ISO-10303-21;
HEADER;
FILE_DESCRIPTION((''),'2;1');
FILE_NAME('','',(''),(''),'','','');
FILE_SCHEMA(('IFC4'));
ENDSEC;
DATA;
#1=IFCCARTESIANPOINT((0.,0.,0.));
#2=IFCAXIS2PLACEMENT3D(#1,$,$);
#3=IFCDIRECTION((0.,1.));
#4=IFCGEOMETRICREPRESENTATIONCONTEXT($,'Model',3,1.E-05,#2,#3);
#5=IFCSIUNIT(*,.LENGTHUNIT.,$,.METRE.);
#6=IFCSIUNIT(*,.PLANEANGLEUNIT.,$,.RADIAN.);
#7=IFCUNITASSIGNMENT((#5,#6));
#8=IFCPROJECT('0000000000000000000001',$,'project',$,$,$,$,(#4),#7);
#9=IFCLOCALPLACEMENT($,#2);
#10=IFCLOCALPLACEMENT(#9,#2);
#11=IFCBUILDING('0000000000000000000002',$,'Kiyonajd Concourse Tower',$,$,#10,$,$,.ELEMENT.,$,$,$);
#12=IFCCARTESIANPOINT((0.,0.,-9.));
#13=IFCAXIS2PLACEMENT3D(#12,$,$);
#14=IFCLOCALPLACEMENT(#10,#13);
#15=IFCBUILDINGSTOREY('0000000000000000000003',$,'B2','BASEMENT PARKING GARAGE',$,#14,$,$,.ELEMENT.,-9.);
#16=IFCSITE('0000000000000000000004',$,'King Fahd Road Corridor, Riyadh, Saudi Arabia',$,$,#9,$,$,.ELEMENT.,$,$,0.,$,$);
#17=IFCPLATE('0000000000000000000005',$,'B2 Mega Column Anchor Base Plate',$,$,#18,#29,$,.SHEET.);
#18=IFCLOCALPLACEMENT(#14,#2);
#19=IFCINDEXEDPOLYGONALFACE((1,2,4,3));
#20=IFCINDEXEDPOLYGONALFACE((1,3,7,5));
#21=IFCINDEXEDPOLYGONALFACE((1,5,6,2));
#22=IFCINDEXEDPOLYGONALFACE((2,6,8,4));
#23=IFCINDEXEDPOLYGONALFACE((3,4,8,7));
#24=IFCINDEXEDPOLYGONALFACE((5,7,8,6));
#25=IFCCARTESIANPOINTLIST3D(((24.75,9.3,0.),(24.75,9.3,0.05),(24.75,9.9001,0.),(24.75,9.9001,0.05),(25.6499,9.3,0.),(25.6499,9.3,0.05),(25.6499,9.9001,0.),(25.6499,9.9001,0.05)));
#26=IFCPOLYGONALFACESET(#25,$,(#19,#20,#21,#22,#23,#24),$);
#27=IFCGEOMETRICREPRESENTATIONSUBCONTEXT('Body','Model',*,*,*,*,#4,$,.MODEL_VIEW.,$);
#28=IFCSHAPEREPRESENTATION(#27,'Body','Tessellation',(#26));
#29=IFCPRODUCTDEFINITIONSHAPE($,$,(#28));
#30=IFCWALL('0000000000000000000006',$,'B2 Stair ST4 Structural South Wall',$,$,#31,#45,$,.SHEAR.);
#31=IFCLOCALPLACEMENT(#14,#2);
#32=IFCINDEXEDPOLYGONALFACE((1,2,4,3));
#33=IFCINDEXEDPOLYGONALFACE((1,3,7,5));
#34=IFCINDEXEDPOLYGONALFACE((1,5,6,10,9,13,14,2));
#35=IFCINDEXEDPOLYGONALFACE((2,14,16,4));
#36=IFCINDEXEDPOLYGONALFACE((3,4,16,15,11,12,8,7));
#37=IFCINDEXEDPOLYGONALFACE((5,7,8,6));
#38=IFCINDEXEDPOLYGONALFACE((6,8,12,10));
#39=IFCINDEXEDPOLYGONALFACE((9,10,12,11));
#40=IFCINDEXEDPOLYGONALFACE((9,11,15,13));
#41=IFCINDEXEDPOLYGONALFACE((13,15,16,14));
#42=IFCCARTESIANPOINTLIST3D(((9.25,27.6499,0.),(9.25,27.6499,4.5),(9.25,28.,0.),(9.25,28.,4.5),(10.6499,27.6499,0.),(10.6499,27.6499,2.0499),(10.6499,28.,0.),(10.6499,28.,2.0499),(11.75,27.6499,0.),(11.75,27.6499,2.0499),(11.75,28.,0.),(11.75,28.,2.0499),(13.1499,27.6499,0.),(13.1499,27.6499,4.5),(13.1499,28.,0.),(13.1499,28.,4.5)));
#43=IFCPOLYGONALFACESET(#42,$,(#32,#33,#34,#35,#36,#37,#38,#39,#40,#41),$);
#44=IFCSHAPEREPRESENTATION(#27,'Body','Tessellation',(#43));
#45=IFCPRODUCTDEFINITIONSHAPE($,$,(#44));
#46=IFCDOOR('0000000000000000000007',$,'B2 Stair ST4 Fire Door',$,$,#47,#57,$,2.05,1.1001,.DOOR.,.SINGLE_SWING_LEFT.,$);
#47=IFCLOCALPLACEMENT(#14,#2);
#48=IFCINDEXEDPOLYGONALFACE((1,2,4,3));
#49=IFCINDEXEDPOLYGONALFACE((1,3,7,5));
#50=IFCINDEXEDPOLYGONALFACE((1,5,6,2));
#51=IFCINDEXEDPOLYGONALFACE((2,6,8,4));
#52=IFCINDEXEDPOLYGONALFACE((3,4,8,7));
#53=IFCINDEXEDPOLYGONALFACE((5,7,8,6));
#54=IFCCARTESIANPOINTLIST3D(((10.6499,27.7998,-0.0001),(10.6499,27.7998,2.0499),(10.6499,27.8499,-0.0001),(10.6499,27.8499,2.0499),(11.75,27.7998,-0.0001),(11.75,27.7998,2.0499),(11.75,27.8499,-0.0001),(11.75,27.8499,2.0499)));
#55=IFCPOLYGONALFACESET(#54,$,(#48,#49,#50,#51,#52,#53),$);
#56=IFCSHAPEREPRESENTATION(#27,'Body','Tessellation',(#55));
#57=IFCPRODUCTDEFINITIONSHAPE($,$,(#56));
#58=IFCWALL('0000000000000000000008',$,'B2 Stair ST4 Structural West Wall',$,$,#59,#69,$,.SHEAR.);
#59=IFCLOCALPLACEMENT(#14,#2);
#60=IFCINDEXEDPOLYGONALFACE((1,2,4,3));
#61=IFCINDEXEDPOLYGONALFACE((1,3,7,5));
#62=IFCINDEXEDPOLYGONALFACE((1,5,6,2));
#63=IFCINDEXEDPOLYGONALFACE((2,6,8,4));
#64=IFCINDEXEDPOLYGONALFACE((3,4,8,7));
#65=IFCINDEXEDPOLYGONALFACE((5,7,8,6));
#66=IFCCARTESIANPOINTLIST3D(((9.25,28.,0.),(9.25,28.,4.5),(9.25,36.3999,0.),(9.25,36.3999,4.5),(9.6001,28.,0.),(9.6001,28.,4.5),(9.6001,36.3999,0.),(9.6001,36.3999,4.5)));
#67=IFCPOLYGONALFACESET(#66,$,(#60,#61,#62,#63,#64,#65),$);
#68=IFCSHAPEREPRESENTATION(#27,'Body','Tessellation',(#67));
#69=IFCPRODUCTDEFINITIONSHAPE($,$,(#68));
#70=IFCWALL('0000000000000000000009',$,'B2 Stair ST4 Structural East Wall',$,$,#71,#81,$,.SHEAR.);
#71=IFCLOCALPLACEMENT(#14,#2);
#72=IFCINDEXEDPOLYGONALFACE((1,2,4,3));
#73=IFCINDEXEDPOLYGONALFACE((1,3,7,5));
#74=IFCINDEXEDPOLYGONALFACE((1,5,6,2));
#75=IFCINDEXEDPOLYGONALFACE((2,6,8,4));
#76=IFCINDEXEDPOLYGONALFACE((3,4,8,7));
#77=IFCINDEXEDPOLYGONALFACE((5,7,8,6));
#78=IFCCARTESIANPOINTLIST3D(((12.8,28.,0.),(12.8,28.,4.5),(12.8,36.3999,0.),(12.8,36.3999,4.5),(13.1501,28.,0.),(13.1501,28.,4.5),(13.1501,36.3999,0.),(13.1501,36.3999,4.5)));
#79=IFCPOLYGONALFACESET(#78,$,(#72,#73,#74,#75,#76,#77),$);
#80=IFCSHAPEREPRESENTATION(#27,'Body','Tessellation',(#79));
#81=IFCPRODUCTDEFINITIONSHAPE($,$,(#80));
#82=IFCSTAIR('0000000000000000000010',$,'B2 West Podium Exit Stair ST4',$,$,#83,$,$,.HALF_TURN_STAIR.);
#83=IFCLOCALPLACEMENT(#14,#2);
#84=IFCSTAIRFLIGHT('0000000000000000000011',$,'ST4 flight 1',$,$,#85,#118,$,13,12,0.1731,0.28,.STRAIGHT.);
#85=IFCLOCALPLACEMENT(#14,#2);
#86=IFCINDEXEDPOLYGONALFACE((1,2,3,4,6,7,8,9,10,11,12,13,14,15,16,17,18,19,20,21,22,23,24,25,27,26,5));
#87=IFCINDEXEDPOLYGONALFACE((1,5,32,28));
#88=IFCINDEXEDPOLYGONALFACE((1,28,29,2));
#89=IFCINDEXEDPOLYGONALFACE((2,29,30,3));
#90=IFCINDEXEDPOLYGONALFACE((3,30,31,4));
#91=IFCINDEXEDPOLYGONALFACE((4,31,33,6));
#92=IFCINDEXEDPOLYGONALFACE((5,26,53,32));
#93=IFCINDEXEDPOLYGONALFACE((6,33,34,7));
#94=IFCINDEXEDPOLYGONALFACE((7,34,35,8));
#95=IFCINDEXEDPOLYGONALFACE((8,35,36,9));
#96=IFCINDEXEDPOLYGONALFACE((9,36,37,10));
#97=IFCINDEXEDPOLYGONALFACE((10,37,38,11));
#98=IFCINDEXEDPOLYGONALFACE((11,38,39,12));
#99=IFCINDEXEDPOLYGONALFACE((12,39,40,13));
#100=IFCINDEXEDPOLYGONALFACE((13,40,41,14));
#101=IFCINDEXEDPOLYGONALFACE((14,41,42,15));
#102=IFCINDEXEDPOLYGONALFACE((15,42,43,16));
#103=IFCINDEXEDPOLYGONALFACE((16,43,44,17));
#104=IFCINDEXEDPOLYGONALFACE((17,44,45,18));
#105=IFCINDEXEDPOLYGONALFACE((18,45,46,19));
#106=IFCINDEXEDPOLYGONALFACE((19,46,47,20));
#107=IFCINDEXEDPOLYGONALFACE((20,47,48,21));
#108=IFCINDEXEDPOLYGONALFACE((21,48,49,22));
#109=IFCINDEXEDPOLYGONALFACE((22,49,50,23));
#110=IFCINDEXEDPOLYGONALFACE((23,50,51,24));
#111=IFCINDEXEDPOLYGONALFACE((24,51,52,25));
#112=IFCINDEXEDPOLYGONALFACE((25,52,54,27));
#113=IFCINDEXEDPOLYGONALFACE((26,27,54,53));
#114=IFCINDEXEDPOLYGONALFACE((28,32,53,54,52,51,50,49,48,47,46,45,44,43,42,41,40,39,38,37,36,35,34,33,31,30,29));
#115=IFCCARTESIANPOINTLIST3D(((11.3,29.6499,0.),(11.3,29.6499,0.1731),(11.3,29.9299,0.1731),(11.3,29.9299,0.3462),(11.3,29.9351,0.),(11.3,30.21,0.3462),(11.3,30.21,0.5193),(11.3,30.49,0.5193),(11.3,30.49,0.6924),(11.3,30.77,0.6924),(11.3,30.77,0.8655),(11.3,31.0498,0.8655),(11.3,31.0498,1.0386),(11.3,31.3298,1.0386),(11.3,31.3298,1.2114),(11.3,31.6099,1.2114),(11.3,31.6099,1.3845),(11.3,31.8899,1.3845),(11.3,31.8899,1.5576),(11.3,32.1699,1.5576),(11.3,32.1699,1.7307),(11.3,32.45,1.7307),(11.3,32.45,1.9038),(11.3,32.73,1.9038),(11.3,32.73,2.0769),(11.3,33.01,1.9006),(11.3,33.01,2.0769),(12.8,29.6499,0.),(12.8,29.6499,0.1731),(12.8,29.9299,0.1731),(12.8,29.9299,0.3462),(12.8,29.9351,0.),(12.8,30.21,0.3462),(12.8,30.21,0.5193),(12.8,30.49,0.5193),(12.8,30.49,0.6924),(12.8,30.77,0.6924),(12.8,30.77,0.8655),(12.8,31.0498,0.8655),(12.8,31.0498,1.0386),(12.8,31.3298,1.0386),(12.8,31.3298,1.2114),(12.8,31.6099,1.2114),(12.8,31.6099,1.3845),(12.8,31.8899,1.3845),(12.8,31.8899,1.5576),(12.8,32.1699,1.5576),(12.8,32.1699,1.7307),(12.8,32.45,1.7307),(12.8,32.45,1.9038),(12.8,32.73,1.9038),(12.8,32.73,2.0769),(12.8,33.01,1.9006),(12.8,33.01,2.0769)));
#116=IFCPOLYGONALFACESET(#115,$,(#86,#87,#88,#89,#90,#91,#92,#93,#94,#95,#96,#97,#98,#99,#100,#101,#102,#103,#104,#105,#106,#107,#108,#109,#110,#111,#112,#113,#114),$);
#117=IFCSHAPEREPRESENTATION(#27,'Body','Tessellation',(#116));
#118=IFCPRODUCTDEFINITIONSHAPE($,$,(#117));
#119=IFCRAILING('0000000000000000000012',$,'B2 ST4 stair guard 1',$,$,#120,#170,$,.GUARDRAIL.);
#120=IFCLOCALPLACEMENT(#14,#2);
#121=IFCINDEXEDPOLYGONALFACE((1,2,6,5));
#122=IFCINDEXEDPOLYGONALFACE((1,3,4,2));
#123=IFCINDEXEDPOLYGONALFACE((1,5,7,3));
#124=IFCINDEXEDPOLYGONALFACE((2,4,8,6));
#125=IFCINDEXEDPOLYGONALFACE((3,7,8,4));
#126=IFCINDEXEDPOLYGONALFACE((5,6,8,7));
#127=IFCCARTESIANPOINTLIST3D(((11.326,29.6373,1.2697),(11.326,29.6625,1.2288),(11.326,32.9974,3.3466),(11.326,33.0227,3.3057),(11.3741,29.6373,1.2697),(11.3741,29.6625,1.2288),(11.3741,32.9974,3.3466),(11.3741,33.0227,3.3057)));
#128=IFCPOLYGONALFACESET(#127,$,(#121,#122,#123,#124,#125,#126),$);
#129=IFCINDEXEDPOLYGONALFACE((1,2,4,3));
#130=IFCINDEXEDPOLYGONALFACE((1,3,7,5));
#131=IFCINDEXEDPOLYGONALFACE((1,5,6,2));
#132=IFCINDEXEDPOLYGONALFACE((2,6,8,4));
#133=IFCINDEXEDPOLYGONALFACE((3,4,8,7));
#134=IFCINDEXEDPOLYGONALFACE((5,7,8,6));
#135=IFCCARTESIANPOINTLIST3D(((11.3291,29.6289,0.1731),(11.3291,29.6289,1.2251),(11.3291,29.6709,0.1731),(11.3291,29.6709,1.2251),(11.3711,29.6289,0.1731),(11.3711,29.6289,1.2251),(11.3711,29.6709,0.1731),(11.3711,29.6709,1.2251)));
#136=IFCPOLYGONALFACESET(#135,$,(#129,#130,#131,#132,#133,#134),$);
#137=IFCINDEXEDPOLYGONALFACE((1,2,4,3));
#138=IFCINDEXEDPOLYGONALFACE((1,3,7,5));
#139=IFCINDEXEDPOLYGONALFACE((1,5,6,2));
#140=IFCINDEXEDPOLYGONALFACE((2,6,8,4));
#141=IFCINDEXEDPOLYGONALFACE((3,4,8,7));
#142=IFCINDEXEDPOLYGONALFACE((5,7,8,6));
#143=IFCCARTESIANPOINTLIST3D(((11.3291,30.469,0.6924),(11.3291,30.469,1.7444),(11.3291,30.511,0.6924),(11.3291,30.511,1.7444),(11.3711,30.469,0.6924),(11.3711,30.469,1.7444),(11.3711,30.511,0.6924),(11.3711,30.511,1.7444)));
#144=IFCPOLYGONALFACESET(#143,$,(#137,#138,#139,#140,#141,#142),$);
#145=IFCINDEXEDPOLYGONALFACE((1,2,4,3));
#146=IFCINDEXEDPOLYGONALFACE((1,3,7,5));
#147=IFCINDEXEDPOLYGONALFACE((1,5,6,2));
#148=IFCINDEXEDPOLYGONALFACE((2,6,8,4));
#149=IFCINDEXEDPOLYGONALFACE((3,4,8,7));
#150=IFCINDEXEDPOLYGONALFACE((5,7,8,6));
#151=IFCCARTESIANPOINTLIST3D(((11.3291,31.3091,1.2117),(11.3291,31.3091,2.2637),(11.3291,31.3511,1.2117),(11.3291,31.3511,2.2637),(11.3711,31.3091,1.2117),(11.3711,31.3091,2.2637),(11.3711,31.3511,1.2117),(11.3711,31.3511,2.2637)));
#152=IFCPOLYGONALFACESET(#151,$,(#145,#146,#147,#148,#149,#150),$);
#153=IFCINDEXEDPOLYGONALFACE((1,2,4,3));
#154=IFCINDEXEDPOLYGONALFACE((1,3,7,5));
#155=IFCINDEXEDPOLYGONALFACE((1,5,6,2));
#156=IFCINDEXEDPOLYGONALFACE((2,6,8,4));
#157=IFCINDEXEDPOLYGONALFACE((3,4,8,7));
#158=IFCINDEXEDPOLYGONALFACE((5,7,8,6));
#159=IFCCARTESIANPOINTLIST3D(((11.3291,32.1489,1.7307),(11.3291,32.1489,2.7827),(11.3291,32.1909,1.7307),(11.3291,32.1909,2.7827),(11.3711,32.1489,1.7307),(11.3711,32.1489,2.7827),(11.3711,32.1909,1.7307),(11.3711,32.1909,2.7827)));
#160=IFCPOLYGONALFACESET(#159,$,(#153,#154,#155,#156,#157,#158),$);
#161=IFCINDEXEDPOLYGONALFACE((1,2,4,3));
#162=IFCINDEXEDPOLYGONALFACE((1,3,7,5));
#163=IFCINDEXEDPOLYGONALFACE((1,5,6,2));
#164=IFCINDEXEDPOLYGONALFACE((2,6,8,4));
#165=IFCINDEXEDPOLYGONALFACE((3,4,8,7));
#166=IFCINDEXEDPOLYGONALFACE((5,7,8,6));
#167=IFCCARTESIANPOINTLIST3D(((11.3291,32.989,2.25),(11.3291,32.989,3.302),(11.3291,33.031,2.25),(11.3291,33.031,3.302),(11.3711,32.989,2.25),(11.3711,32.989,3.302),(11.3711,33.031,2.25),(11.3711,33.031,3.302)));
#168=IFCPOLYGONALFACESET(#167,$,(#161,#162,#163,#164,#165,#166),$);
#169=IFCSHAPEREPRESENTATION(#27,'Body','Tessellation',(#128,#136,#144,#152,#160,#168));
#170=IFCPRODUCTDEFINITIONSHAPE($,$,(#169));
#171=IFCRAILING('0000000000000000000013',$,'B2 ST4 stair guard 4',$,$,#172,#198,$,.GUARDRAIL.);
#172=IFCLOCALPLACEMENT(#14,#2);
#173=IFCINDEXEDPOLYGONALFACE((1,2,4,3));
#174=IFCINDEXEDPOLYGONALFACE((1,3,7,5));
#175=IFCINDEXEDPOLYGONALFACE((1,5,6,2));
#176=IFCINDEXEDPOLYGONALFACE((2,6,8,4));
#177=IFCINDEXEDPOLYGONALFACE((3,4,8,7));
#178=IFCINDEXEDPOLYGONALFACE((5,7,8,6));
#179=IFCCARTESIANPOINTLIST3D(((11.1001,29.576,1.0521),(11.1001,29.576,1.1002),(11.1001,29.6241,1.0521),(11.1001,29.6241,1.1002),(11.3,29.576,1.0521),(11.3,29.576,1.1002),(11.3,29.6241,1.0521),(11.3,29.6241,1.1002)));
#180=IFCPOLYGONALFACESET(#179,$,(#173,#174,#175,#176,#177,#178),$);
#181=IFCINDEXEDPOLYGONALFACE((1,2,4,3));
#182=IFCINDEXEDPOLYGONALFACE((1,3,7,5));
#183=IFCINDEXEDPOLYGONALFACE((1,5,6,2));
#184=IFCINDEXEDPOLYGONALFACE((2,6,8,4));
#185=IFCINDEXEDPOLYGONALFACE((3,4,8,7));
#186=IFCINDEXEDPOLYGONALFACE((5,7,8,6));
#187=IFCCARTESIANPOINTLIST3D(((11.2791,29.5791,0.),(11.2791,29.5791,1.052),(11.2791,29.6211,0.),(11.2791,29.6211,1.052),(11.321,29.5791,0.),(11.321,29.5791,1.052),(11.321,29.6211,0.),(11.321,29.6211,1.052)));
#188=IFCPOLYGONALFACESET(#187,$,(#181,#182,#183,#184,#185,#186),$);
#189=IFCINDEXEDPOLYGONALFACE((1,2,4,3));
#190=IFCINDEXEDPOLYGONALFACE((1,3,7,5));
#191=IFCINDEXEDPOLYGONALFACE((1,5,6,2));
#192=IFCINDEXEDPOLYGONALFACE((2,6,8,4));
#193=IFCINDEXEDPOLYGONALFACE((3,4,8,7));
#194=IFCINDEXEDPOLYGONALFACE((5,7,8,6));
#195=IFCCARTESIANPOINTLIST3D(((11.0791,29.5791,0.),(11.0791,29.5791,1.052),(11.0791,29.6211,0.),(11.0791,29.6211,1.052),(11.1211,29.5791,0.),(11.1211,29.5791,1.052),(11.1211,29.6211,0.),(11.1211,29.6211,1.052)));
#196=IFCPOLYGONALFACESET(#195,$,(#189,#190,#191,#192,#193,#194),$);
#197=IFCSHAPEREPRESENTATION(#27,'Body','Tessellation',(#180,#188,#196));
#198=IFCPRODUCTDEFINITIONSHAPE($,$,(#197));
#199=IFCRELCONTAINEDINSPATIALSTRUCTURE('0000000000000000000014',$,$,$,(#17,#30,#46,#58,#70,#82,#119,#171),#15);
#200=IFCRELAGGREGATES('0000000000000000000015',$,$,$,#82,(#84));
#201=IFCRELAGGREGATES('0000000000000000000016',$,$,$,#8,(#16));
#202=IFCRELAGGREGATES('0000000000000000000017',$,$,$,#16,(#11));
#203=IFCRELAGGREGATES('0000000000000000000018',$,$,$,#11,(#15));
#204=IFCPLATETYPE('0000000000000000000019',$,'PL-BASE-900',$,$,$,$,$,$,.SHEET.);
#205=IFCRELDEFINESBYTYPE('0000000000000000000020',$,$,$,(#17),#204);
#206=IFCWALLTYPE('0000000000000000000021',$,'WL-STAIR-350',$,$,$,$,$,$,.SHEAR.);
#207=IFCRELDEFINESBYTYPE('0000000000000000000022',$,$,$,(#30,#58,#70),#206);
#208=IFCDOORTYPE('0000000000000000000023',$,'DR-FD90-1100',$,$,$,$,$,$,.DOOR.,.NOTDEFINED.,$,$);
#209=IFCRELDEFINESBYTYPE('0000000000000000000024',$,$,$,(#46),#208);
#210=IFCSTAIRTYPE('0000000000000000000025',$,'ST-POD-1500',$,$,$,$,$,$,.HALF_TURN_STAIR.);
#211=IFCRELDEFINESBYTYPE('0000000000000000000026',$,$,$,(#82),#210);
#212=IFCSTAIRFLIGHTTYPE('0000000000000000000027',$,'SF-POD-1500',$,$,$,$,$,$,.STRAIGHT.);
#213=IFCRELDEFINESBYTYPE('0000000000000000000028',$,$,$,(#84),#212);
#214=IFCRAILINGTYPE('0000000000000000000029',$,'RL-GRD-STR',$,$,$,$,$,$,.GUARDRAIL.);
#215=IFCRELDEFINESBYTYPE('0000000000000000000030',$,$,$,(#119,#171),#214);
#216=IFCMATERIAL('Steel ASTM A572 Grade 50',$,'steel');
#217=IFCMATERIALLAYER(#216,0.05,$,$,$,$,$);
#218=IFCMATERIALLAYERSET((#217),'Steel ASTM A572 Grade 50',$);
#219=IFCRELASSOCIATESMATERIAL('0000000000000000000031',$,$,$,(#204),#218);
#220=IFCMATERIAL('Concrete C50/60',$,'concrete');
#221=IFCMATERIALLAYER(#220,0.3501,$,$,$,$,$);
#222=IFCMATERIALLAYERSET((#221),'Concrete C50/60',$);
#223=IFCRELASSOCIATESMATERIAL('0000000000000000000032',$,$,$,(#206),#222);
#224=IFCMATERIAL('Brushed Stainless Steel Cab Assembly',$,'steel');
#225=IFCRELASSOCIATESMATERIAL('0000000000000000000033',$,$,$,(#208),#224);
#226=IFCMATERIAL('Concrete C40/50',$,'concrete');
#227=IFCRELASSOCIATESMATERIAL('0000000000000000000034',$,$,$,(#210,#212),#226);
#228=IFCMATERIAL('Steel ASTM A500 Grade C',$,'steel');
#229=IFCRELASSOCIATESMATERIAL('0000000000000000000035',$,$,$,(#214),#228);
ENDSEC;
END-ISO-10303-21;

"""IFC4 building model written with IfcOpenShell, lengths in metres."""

from ifc_helpers import new_model, si_unit, direction, frame, frame_2d, origin, origin_2d, place, context, subcontext, project, spatial, polyline, rectangle, outline, extrude, material, layer, layer_set, type_object, element, fill, aggregate, save


model = new_model("IFC4")

# Units and contexts
model_context = context("Model", 3, precision=1e-05, world=origin(), true_north=direction((0.0, 1.0)))
body_context = subcontext(model_context, "Body", "Model", "MODEL_VIEW")
ifc_project = project(units=[si_unit("LENGTHUNIT", "METRE"), si_unit("PLANEANGLEUNIT", "RADIAN")], contexts=[model_context])

# Site, building, storey
site_placement = place(None, origin())
site = spatial("IfcSite", under=ifc_project, at=site_placement, Name="King Fahd Road Corridor, Riyadh, Saudi Arabia", CompositionType="ELEMENT", RefElevation=0.0)
building_placement = place(site_placement, origin())
building = spatial("IfcBuilding", under=site, at=building_placement, Name="Kiyonajd Concourse Tower", CompositionType="ELEMENT")
storey_placement = place(building_placement, frame((0.0, 0.0, -9.0)))
storey = spatial("IfcBuildingStorey", under=building, at=storey_placement, Name="B2", Description="BASEMENT PARKING GARAGE", CompositionType="ELEMENT", Elevation=-9.0)

# Shared definitions
ifc_material_1 = material(Name="Concrete C50/60", Category="concrete")

# Plate
ifc_material_2 = material(Name="Steel ASTM A572 Grade 50", Category="steel")
ifc_layer_1 = layer(ifc_material_2, 0.05)
ifc_layer_set_1 = layer_set([ifc_layer_1], Name="Steel ASTM A572 Grade 50")
plate_type = type_object("IfcPlateType", Name="PL-BASE-900", PredefinedType="SHEET", material=ifc_layer_set_1)
plate_placement = place(storey_placement, frame((25.2, 9.6001, 0.0), z_axis=(0.0, 0.0, 1.0), x_axis=(1.0, 0.0, 0.0)))
element("IfcPlate", 1, at=plate_placement, inside=storey, type_object=plate_type, Name="B2 Mega Column Anchor Base Plate", PredefinedType="SHEET", context=body_context, shape_type="SweptSolid", body=[
    extrude(rectangle(XDim=0.8999, YDim=0.6001, at=origin_2d()), origin(), (0.0, 0.0, 1.0), 0.05),
])

# Wall, opening, door
ifc_layer_2 = layer(ifc_material_1, 0.3501)
ifc_layer_set_2 = layer_set([ifc_layer_2], Name="Concrete C50/60")
wall_type = type_object("IfcWallType", Name="WL-STAIR-350", PredefinedType="SHEAR", material=ifc_layer_set_2)
wall_placement = place(storey_placement, frame((9.25, 27.825, 0.0), z_axis=(0.0, 0.0, 1.0), x_axis=(1.0, 0.0, 0.0)))
wall = element("IfcWall", 2, at=wall_placement, inside=storey, type_object=wall_type, Name="B2 Stair ST4 Structural South Wall", PredefinedType="SHEAR", context=body_context, shape_type="SweptSolid", body=[
    extrude(rectangle(XDim=3.8999, YDim=0.3501, at=frame_2d((1.95, 0.0))), origin(), (0.0, 0.0, 1.0), 4.5),
])
opening_placement = place(wall_placement, frame((1.3999, 0.0, 0.0)))
opening = element("IfcOpeningElement", 3, at=opening_placement, cuts=wall, PredefinedType="OPENING", context=body_context, shape_type="SweptSolid", body=[
    extrude(rectangle(XDim=1.1001, YDim=2.05, at=frame_2d((0.55, 1.0249))), frame((0.0, 0.1851, 0.0), z_axis=(0.0, -1.0, 0.0), x_axis=(1.0, 0.0, 0.0)), (0.0, 0.0, 1.0), 0.3701),
])
ifc_material_3 = material(Name="Brushed Stainless Steel Cab Assembly", Category="steel")
door_type = type_object("IfcDoorType", Name="DR-FD90-1100", OperationType="NOTDEFINED", PredefinedType="DOOR", material=ifc_material_3)
door_placement = place(opening_placement, origin())
door = element("IfcDoor", 4, at=door_placement, inside=storey, type_object=door_type, Name="B2 Stair ST4 Fire Door", OperationType="SINGLE_SWING_LEFT", OverallHeight=2.05, OverallWidth=1.1001, PredefinedType="DOOR", context=body_context, shape_type="SweptSolid", body=[
    extrude(rectangle(XDim=1.1001, YDim=2.05, at=frame_2d((0.55, 1.0249))), frame((0.0, 0.0249, 0.0), z_axis=(0.0, -1.0, 0.0), x_axis=(1.0, 0.0, 0.0)), (0.0, 0.0, 1.0), 0.05),
])
fill(opening, door)

# Walls
for number, where, z_axis, x_axis, name in (
    (5, (9.425, 28.0, 0.0), (0.0, 0.0, 1.0), (0.0, 1.0, 0.0), "B2 Stair ST4 Structural West Wall"),
    (6, (12.9751, 28.0, 0.0), (0.0, 0.0, 1.0), (0.0, 1.0, 0.0), "B2 Stair ST4 Structural East Wall"),
):
    element("IfcWall", number, at=place(storey_placement, frame(where, z_axis=z_axis, x_axis=x_axis)), inside=storey, type_object=wall_type, Name=name, PredefinedType="SHEAR", context=body_context, shape_type="SweptSolid", body=[
        extrude(rectangle(XDim=8.3999, YDim=0.3501, at=frame_2d((4.2, 0.0))), origin(), (0.0, 0.0, 1.0), 4.5),
    ])

# Stair, stair flight
ifc_material_4 = material(Name="Concrete C40/50", Category="concrete")
stair_type = type_object("IfcStairType", Name="ST-POD-1500", PredefinedType="HALF_TURN_STAIR", material=ifc_material_4)
stair_placement = place(storey_placement, origin())
stair = element("IfcStair", 7, at=stair_placement, inside=storey, type_object=stair_type, Name="B2 West Podium Exit Stair ST4", PredefinedType="HALF_TURN_STAIR")
stair_flight_type = type_object("IfcStairFlightType", Name="SF-POD-1500", PredefinedType="STRAIGHT", material=ifc_material_4)
stair_flight_placement = place(storey_placement, frame((12.05, 29.6499, 0.0), z_axis=(0.0, 0.0, 1.0), x_axis=(0.0, 1.0, 0.0)))
stair_flight = element("IfcStairFlight", 8, at=stair_flight_placement, type_object=stair_flight_type, Name="ST4 flight 1", NumberOfRisers=13, NumberOfTreads=12, PredefinedType="STRAIGHT", RiserHeight=0.1731, TreadLength=0.28, context=body_context, shape_type="SweptSolid", body=[
    extrude(outline(polyline([(0.0, 0.0), (0.0, 0.1731), (0.28, 0.1731), (0.28, 0.3462), (0.5601, 0.3462), (0.5601, 0.5193), (0.8401, 0.5193), (0.8401, 0.6924), (1.1201, 0.6924), (1.1201, 0.8655), (1.3999, 0.8655), (1.3999, 1.0386), (1.6799, 1.0386), (1.6799, 1.2114), (1.96, 1.2114), (1.96, 1.3845), (2.24, 1.3845), (2.24, 1.5576), (2.52, 1.5576), (2.52, 1.7307), (2.8, 1.7307), (2.8, 1.9038), (3.0801, 1.9038), (3.0801, 2.0769), (3.3601, 2.0769), (3.3601, 2.25), (3.3601, 1.9006), (0.2852, 0.0), (0.0, 0.0)])), frame((0.0, 0.75, 0.0), z_axis=(0.0, -1.0, 0.0), x_axis=(1.0, 0.0, 0.0)), (0.0, 0.0, 1.0), 1.5),
])
aggregate(stair, [stair_flight])

# Railings
ifc_material_5 = material(Name="Steel ASTM A500 Grade C", Category="steel")
railing_type_1 = type_object("IfcRailingType", Name="RL-GRD-STR", PredefinedType="GUARDRAIL", material=ifc_material_5)
railing_1_placement = place(storey_placement, frame((11.3501, 29.6499, 0.1731)))
element("IfcRailing", 9, at=railing_1_placement, inside=storey, type_object=railing_type_1, Name="B2 ST4 stair guard 1", PredefinedType="GUARDRAIL", context=body_context, shape_type="SweptSolid", body=[
    extrude(rectangle(XDim=0.0481, YDim=0.0481, at=origin_2d()), frame((0.0, 0.0, 1.0762), z_axis=(0.0, 0.850623, 0.525776), x_axis=(-1.0, 0.0, 0.0)), (0.0, 0.0, 1.0), 3.9502),
    extrude(rectangle(XDim=0.042, YDim=0.042, at=origin_2d()), origin(), (0.0, 0.0, 1.0), 1.052),
    extrude(rectangle(XDim=0.042, YDim=0.042, at=origin_2d()), frame((0.0, 0.8401, 0.5193)), (0.0, 0.0, 1.0), 1.052),
    extrude(rectangle(XDim=0.042, YDim=0.042, at=origin_2d()), frame((0.0, 1.6802, 1.0386)), (0.0, 0.0, 1.0), 1.052),
    extrude(rectangle(XDim=0.042, YDim=0.042, at=origin_2d()), frame((0.0, 2.52, 1.5576)), (0.0, 0.0, 1.0), 1.052),
    extrude(rectangle(XDim=0.042, YDim=0.042, at=origin_2d()), frame((0.0, 3.3601, 2.0769)), (0.0, 0.0, 1.0), 1.052),
])
railing_2_placement = place(storey_placement, frame((11.3, 29.6001, 0.0)))
element("IfcRailing", 10, at=railing_2_placement, inside=storey, type_object=railing_type_1, Name="B2 ST4 stair guard 4", PredefinedType="GUARDRAIL", context=body_context, shape_type="SweptSolid", body=[
    extrude(rectangle(XDim=0.0481, YDim=0.0481, at=origin_2d()), frame((0.0, 0.0, 1.0762), z_axis=(-1.0, 0.0, 0.0), x_axis=(0.0, -1.0, 0.0)), (0.0, 0.0, 1.0), 0.2),
    extrude(rectangle(XDim=0.042, YDim=0.042, at=origin_2d()), origin(), (0.0, 0.0, 1.0), 1.052),
    extrude(rectangle(XDim=0.042, YDim=0.042, at=origin_2d()), frame((-0.2, 0.0, 0.0)), (0.0, 0.0, 1.0), 1.052),
])

save(model, "model.ifc")
